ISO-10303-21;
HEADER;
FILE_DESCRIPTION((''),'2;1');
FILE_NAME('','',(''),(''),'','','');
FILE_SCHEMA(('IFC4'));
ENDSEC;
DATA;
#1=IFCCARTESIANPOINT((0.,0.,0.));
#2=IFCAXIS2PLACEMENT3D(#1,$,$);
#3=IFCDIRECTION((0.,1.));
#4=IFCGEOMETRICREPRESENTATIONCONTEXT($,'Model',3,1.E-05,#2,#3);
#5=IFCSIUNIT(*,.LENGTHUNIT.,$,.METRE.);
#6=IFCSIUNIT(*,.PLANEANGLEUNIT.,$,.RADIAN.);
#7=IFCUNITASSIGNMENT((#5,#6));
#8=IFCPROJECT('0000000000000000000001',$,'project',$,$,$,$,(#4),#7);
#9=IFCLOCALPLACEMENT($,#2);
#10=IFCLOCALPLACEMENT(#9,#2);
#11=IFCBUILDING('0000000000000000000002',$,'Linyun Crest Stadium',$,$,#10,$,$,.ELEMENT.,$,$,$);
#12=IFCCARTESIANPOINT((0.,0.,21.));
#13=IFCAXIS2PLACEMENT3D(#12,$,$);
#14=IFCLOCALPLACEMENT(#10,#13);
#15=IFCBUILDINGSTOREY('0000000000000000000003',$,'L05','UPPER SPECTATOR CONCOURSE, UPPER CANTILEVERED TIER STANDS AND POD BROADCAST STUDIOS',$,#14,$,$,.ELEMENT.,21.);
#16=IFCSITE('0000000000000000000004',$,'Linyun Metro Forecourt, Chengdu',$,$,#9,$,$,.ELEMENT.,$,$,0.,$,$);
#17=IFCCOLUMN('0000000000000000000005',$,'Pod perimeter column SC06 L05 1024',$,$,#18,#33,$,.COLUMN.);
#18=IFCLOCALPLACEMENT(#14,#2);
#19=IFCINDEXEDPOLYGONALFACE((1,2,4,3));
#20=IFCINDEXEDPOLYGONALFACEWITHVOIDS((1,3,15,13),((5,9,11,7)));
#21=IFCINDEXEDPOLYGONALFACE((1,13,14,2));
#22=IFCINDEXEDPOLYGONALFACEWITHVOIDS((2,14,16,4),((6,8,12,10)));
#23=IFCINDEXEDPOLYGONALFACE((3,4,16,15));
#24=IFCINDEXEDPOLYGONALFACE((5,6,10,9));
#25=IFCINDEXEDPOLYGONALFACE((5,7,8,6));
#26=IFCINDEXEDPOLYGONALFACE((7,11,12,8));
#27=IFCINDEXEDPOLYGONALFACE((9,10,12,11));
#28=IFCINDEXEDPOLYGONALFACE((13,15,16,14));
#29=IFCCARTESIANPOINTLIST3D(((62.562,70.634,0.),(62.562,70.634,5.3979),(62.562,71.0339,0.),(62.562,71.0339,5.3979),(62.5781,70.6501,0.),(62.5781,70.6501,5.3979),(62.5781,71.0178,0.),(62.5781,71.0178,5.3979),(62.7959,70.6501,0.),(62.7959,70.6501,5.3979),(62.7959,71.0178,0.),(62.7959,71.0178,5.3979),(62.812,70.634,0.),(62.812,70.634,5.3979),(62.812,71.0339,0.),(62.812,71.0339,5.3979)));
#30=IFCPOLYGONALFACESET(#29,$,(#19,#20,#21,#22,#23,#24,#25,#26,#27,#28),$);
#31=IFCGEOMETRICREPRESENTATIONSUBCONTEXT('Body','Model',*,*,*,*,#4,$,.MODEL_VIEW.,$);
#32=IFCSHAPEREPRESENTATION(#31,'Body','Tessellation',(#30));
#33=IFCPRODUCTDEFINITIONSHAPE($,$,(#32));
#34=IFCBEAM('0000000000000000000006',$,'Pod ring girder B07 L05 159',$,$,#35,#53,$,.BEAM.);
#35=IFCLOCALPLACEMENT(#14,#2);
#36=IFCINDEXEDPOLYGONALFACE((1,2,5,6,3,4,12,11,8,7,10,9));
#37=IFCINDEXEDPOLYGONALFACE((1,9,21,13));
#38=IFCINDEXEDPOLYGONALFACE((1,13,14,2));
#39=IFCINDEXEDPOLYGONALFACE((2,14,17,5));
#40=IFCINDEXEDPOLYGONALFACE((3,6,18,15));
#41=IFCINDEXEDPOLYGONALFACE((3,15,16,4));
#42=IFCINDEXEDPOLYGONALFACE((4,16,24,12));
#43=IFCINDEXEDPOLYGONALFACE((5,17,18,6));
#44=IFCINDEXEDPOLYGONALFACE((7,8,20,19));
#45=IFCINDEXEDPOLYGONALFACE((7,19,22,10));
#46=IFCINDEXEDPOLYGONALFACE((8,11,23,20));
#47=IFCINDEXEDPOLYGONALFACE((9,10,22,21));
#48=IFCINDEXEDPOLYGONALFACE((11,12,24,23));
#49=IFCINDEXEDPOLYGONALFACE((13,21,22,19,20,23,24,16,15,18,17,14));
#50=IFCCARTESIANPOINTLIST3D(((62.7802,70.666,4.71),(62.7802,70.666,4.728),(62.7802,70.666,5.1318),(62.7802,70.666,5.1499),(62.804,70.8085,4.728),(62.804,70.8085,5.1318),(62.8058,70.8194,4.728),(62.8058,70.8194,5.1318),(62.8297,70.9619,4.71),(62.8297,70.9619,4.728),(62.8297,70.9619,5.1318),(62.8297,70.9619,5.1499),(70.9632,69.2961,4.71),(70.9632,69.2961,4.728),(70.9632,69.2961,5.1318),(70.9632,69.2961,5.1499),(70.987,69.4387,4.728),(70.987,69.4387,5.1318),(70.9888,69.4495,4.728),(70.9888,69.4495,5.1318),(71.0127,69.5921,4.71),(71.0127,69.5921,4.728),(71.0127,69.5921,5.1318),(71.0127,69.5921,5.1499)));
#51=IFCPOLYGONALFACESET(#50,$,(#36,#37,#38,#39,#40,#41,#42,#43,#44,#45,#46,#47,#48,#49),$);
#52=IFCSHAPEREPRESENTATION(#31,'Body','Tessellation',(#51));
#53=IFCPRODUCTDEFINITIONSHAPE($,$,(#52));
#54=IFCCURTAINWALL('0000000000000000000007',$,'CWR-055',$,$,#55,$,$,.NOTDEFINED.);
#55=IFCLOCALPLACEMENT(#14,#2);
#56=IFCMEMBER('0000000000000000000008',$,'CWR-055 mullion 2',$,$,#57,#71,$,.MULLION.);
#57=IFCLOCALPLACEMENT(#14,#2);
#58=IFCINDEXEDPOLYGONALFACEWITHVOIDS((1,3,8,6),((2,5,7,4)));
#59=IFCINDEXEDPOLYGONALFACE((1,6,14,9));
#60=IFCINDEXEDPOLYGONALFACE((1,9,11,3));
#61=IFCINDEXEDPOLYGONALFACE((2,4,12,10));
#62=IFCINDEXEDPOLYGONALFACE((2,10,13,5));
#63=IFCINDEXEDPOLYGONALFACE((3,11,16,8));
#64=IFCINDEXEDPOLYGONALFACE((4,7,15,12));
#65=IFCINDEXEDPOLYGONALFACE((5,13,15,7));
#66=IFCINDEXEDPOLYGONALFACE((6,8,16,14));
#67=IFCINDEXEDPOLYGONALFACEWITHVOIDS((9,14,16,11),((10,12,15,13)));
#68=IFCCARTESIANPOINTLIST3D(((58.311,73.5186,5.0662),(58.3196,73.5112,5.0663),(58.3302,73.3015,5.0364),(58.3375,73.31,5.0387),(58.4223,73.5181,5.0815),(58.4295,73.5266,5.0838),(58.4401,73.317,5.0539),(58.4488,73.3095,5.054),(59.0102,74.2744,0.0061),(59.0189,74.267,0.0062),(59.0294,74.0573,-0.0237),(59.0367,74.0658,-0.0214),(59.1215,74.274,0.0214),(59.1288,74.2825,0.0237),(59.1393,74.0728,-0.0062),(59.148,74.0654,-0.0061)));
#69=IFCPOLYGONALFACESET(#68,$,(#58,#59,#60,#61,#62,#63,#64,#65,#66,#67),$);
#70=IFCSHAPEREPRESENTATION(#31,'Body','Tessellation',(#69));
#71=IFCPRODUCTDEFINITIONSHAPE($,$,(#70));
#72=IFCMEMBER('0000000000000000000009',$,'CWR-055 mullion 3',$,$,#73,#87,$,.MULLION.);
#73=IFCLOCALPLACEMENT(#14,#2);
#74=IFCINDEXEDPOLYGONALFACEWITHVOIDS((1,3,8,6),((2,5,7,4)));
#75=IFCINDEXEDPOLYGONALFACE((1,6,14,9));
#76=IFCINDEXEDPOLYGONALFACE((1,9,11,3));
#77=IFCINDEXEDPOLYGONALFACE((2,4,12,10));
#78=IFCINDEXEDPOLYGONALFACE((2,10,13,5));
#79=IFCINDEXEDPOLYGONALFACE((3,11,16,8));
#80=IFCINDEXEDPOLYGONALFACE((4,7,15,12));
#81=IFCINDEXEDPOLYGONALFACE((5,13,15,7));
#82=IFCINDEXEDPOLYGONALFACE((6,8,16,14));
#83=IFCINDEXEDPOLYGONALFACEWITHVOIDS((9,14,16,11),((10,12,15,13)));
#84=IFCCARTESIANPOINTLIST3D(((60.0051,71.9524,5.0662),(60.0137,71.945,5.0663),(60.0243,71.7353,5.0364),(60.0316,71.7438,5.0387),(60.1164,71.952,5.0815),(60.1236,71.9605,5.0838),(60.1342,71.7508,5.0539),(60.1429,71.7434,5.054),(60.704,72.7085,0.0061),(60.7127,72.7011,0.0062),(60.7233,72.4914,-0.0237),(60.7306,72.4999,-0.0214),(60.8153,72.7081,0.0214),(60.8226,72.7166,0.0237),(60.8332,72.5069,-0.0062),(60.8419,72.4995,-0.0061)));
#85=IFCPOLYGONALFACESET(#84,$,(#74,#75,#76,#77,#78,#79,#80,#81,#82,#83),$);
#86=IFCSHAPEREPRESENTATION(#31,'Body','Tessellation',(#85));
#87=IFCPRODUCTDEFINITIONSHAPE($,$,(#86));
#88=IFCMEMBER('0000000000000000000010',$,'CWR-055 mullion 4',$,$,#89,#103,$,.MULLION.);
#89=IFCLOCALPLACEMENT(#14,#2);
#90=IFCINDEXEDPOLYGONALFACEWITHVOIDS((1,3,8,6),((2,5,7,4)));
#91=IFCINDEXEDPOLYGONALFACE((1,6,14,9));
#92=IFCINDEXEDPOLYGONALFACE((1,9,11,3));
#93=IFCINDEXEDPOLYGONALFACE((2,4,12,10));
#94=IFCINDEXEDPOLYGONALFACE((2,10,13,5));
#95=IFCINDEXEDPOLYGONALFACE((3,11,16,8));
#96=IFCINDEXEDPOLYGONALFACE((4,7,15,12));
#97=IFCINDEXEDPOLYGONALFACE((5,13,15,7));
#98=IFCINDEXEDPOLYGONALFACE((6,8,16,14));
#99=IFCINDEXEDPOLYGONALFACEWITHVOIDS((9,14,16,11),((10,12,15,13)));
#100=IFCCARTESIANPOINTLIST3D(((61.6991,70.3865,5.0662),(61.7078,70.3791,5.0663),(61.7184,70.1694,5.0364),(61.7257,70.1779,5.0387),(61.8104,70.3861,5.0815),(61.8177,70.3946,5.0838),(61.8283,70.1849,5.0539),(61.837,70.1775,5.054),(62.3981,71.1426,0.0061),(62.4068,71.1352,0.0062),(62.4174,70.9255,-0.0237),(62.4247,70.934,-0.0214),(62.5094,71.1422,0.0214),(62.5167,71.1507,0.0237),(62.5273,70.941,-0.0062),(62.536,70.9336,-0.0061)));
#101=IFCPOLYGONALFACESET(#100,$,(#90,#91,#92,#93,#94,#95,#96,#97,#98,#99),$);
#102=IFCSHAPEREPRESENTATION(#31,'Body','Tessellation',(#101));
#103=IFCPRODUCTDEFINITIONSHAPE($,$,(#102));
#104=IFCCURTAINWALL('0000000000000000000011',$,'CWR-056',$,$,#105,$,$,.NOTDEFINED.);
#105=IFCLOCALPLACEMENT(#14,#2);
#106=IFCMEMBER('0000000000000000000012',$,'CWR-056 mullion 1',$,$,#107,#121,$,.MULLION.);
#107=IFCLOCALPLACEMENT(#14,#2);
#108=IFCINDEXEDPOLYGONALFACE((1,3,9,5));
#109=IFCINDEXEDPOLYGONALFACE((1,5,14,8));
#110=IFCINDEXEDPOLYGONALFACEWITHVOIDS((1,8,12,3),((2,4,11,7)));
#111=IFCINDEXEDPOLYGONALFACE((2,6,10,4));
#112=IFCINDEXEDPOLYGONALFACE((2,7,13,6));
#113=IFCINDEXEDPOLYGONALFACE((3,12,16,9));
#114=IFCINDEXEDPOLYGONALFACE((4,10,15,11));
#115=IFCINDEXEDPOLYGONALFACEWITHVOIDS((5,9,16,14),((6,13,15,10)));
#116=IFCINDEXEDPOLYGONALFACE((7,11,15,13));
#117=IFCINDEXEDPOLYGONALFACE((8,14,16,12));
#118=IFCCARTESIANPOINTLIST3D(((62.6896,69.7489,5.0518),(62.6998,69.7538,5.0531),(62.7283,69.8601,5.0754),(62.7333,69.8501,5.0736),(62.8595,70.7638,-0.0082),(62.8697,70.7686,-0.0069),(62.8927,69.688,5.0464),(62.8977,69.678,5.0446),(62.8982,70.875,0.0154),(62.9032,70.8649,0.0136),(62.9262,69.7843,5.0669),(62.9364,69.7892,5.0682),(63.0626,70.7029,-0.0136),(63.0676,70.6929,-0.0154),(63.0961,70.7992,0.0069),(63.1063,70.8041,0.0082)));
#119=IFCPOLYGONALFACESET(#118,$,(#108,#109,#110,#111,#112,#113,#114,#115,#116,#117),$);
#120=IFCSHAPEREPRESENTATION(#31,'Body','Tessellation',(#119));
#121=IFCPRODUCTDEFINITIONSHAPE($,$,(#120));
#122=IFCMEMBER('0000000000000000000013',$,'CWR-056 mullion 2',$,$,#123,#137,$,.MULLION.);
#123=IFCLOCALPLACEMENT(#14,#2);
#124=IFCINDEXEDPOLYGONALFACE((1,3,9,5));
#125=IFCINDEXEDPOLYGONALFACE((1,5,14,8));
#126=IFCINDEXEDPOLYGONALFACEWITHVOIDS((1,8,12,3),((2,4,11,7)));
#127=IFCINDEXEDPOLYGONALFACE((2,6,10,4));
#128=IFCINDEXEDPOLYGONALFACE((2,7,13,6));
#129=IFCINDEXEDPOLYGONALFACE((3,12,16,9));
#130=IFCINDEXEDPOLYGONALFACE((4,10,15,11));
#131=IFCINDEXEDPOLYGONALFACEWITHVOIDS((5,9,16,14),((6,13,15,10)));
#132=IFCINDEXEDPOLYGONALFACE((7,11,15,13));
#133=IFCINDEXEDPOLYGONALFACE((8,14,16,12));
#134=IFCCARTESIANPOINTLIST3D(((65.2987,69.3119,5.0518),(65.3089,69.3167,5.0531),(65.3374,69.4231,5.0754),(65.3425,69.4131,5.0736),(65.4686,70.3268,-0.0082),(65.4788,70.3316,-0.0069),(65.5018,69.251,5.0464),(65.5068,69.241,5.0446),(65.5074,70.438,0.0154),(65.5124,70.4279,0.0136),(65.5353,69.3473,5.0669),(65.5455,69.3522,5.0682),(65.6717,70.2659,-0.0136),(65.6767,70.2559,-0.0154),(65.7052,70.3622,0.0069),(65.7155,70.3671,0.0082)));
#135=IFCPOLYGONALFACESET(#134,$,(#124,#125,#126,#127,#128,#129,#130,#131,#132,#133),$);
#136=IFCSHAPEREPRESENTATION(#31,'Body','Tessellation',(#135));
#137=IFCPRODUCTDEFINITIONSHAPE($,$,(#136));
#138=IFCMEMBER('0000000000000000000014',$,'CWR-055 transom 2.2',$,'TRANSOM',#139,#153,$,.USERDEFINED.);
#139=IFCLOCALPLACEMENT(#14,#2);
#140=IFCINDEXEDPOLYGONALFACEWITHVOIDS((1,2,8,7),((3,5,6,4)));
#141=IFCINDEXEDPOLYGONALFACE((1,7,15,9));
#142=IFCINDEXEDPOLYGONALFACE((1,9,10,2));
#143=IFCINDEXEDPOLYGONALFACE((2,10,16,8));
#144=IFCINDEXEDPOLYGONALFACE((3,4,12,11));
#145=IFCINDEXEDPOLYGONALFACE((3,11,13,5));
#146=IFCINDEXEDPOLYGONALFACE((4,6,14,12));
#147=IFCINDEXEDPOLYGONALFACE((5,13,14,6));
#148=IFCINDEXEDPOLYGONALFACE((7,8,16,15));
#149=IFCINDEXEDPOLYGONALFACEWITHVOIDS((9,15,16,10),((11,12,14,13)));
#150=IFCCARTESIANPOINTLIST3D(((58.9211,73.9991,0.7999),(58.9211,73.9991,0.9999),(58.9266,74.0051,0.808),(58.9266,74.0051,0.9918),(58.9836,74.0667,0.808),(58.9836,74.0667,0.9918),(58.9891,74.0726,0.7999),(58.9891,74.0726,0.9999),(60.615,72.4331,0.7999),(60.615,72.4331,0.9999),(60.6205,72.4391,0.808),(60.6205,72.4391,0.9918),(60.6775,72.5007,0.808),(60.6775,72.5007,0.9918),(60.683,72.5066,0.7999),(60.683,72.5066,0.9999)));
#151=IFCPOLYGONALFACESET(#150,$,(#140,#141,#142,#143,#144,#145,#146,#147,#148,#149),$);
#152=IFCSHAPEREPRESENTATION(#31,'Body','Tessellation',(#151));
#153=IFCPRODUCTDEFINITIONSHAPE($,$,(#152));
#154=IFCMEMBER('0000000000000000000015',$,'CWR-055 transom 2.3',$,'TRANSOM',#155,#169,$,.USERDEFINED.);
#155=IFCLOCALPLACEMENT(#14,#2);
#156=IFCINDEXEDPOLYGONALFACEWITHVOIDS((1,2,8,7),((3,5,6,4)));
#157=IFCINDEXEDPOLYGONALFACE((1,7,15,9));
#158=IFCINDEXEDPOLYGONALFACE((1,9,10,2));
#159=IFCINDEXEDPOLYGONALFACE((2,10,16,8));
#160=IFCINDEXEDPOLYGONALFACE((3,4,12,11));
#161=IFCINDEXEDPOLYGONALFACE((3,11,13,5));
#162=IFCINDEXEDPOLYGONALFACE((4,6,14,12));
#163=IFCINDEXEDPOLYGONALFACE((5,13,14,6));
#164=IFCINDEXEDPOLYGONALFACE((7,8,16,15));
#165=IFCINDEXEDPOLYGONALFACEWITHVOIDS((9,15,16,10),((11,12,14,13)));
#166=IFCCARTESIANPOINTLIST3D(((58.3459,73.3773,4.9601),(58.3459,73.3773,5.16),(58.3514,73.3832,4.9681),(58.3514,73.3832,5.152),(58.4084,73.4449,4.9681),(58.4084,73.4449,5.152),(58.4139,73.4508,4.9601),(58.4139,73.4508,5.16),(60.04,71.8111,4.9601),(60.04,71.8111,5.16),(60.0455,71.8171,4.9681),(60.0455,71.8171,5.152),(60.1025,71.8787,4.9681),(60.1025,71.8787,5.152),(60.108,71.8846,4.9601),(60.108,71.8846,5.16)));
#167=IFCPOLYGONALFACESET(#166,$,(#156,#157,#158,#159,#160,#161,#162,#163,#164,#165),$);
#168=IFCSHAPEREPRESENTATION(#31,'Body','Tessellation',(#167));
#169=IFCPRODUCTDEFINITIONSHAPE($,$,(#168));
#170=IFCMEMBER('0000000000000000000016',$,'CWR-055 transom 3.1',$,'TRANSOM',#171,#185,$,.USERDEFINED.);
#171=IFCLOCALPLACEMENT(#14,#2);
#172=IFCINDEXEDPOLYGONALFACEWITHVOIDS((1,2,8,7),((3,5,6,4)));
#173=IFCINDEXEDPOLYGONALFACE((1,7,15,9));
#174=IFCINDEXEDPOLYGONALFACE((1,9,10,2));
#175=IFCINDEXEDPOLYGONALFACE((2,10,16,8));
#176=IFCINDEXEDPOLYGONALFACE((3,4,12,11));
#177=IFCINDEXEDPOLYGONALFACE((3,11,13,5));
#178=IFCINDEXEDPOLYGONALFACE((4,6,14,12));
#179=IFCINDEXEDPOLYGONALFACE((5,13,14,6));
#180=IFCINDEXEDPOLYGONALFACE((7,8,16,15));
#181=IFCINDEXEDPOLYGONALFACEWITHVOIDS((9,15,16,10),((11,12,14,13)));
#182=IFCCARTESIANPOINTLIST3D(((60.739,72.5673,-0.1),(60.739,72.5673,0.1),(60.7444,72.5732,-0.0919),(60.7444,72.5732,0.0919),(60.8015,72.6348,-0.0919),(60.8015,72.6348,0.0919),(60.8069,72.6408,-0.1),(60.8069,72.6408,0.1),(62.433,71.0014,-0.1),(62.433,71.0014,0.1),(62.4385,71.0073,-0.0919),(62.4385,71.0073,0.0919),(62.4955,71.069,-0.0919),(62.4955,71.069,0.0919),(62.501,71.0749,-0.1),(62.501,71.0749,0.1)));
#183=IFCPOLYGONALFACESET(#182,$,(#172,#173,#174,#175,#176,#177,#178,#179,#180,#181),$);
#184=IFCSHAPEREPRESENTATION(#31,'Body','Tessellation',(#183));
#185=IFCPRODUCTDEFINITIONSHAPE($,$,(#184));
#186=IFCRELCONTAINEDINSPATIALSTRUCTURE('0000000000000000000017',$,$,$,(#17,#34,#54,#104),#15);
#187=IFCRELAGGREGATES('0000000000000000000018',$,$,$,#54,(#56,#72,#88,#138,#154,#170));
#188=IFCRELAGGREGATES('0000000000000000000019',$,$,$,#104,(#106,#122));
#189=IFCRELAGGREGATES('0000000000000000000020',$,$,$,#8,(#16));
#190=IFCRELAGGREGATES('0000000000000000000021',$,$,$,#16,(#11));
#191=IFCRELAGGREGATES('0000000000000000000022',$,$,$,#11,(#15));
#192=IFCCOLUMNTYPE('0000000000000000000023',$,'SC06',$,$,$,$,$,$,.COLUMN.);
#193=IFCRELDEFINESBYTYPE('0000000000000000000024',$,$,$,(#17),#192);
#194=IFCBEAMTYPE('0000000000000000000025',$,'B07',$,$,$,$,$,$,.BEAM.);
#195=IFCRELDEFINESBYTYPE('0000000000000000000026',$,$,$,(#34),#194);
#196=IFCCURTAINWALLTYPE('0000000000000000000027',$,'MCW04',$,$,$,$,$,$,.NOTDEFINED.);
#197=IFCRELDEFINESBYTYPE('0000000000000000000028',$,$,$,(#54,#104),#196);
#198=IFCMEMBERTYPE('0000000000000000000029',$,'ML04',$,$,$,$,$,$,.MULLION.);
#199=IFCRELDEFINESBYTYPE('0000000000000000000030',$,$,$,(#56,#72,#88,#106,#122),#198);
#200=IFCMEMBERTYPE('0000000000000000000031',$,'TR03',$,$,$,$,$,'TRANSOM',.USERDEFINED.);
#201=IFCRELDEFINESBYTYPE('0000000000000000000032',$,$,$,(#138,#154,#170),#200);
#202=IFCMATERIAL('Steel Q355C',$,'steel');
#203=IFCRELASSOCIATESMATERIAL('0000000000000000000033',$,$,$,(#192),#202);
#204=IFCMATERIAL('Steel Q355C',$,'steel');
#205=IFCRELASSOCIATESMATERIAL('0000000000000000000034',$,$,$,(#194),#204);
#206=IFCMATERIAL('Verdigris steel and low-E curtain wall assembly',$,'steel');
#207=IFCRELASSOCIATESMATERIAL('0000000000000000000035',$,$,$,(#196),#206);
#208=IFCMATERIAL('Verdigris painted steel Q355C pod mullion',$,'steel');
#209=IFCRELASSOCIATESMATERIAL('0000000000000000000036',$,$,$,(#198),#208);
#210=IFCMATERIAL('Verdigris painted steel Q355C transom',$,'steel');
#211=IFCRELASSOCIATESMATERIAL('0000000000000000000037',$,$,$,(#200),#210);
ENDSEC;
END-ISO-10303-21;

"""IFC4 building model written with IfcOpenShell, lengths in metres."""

from ifc_helpers import new_model, si_unit, direction, frame, origin, origin_2d, place, context, subcontext, project, spatial, hollow_rectangle, i_section, extrude, material, material_profile, profile_set, type_object, element, aggregate, save


model = new_model("IFC4")

# Units and contexts
model_context = context("Model", 3, precision=1e-05, world=origin(), true_north=direction((0.0, 1.0)))
body_context = subcontext(model_context, "Body", "Model", "MODEL_VIEW")
ifc_project = project(units=[si_unit("LENGTHUNIT", "METRE"), si_unit("PLANEANGLEUNIT", "RADIAN")], contexts=[model_context])

# Site, building, storey
site_placement = place(None, origin())
site = spatial("IfcSite", under=ifc_project, at=site_placement, Name="Linyun Metro Forecourt, Chengdu", CompositionType="ELEMENT", RefElevation=0.0)
building_placement = place(site_placement, origin())
building = spatial("IfcBuilding", under=site, at=building_placement, Name="Linyun Crest Stadium", CompositionType="ELEMENT")
storey_placement = place(building_placement, frame((0.0, 0.0, 21.0)))
storey = spatial("IfcBuildingStorey", under=building, at=storey_placement, Name="L05", Description="UPPER SPECTATOR CONCOURSE, UPPER CANTILEVERED TIER STANDS AND POD BROADCAST STUDIOS", CompositionType="ELEMENT", Elevation=21.0)

# Column
ifc_material_1 = material(Name="Steel Q355C", Category="steel")
ifc_material_profile_1 = material_profile(ifc_material_1, hollow_rectangle(XDim=0.25, YDim=0.3999, WallThickness=0.0161, at=origin_2d()), Name="RHS 400x250x16")
ifc_profile_set_1 = profile_set([ifc_material_profile_1], Name="Steel Q355C")
column_type = type_object("IfcColumnType", Name="SC06", PredefinedType="COLUMN", material=ifc_profile_set_1)
column_placement = place(storey_placement, frame((62.687, 70.834, 0.0), z_axis=(0.0, 0.0, 1.0), x_axis=(1.0, 0.0, 0.0)))
element("IfcColumn", 1, at=column_placement, inside=storey, type_object=column_type, Name="Pod perimeter column SC06 L05 1024", PredefinedType="COLUMN", context=body_context, shape_type="SweptSolid", body=[
    extrude(hollow_rectangle(XDim=0.25, YDim=0.3999, WallThickness=0.0161, at=origin_2d()), origin(), (0.0, 0.0, 1.0), 5.3979),
])

# Beam
ifc_material_2 = material(Name="Steel Q355C", Category="steel")
ifc_material_profile_2 = material_profile(ifc_material_2, i_section(OverallWidth=0.3, OverallDepth=0.4399, WebThickness=0.011, FlangeThickness=0.0181, at=origin_2d()), Name="HM 440x300")
ifc_profile_set_2 = profile_set([ifc_material_profile_2], Name="Steel Q355C")
beam_type = type_object("IfcBeamType", Name="B07", PredefinedType="BEAM", material=ifc_profile_set_2)
beam_placement = place(storey_placement, frame((62.8049, 70.814, 4.9299), z_axis=(0.986276, -0.165105, 0.0), x_axis=(0.165105, 0.986276, 0.0)))
element("IfcBeam", 2, at=beam_placement, inside=storey, type_object=beam_type, Name="Pod ring girder B07 L05 159", PredefinedType="BEAM", context=body_context, shape_type="SweptSolid", body=[
    extrude(i_section(OverallWidth=0.3, OverallDepth=0.4399, WebThickness=0.011, FlangeThickness=0.0181, at=origin_2d()), origin(), (0.0, 0.0, 1.0), 8.2969),
])

# Curtain walls, members
ifc_material_3 = material(Name="Verdigris steel and low-E curtain wall assembly", Category="steel")
curtain_wall_type = type_object("IfcCurtainWallType", Name="MCW04", PredefinedType="NOTDEFINED", material=ifc_material_3)
curtain_wall_1_placement = place(storey_placement, origin())
curtain_wall_1 = element("IfcCurtainWall", 3, at=curtain_wall_1_placement, inside=storey, type_object=curtain_wall_type, Name="CWR-055", PredefinedType="NOTDEFINED")
ifc_material_4 = material(Name="Verdigris painted steel Q355C pod mullion", Category="steel")
ifc_material_profile_3 = material_profile(ifc_material_4, hollow_rectangle(XDim=0.1201, YDim=0.22, WallThickness=0.0081, at=origin_2d()), Name="RHS 220x120x8")
ifc_profile_set_3 = profile_set([ifc_material_profile_3], Name="Verdigris painted steel Q355C pod mullion")
member_type_1 = type_object("IfcMemberType", Name="ML04", PredefinedType="MULLION", material=ifc_profile_set_3)
member_1_placement = place(storey_placement, frame((59.0791, 74.1699, 0.0), z_axis=(-0.135409, -0.146378, 0.979917), x_axis=(0.986931, 0.067271, 0.146427)))
member_1 = element("IfcMember", 4, at=member_1_placement, type_object=member_type_1, Name="CWR-055 mullion 2", PredefinedType="MULLION", context=body_context, shape_type="SweptSolid", body=[
    extrude(hollow_rectangle(XDim=0.1201, YDim=0.22, WallThickness=0.0081, at=origin_2d()), origin(), (0.0, 0.0, 1.0), 5.1638),
])
member_2_placement = place(storey_placement, frame((60.7729, 72.604, 0.0), z_axis=(-0.135361, -0.146425, 0.979917), x_axis=(0.986909, 0.067602, 0.146429)))
member_2 = element("IfcMember", 5, at=member_2_placement, type_object=member_type_1, Name="CWR-055 mullion 3", PredefinedType="MULLION", context=body_context, shape_type="SweptSolid", body=[
    extrude(hollow_rectangle(XDim=0.1201, YDim=0.22, WallThickness=0.0081, at=origin_2d()), origin(), (0.0, 0.0, 1.0), 5.1638),
])
member_3_placement = place(storey_placement, frame((62.467, 71.0381, 0.0), z_axis=(-0.135361, -0.146425, 0.979917), x_axis=(0.986909, 0.067602, 0.146429)))
member_3 = element("IfcMember", 6, at=member_3_placement, type_object=member_type_1, Name="CWR-055 mullion 4", PredefinedType="MULLION", context=body_context, shape_type="SweptSolid", body=[
    extrude(hollow_rectangle(XDim=0.1201, YDim=0.22, WallThickness=0.0081, at=origin_2d()), origin(), (0.0, 0.0, 1.0), 5.1638),
])
curtain_wall_2_placement = place(storey_placement, origin())
curtain_wall_2 = element("IfcCurtainWall", 7, at=curtain_wall_2_placement, inside=storey, type_object=curtain_wall_type, Name="CWR-056", PredefinedType="NOTDEFINED")
member_4_placement = place(storey_placement, frame((62.9829, 70.7839, 0.0), z_axis=(-0.032907, -0.196546, 0.979942), x_axis=(0.32238, 0.92598, 0.196549)))
member_4 = element("IfcMember", 8, at=member_4_placement, type_object=member_type_1, Name="CWR-056 mullion 1", PredefinedType="MULLION", context=body_context, shape_type="SweptSolid", body=[
    extrude(hollow_rectangle(XDim=0.1201, YDim=0.22, WallThickness=0.0081, at=origin_2d()), origin(), (0.0, 0.0, 1.0), 5.1636),
])
member_5_placement = place(storey_placement, frame((65.592, 70.3469, 0.0), z_axis=(-0.032907, -0.196546, 0.979942), x_axis=(0.32238, 0.92598, 0.196549)))
member_5 = element("IfcMember", 9, at=member_5_placement, type_object=member_type_1, Name="CWR-056 mullion 2", PredefinedType="MULLION", context=body_context, shape_type="SweptSolid", body=[
    extrude(hollow_rectangle(XDim=0.1201, YDim=0.22, WallThickness=0.0081, at=origin_2d()), origin(), (0.0, 0.0, 1.0), 5.1636),
])

# Members
ifc_material_5 = material(Name="Verdigris painted steel Q355C transom", Category="steel")
ifc_material_profile_4 = material_profile(ifc_material_5, hollow_rectangle(XDim=0.1001, YDim=0.2, WallThickness=0.0081, at=origin_2d()), Name="RHS 200x100x8")
ifc_profile_set_4 = profile_set([ifc_material_profile_4], Name="Verdigris painted steel Q355C transom")
member_type_2 = type_object("IfcMemberType", Name="TR03", ElementType="TRANSOM", PredefinedType="USERDEFINED", material=ifc_profile_set_4)
member_6_placement = place(storey_placement, frame((58.9551, 74.0359, 0.8999), z_axis=(0.734292, -0.678834, 0.0), x_axis=(0.678834, 0.734292, 0.0)))
member_6 = element("IfcMember", 10, at=member_6_placement, type_object=member_type_2, Name="CWR-055 transom 2.2", ObjectType="TRANSOM", PredefinedType="USERDEFINED", context=body_context, shape_type="SweptSolid", body=[
    extrude(hollow_rectangle(XDim=0.1001, YDim=0.2, WallThickness=0.0081, at=origin_2d()), origin(), (0.0, 0.0, 1.0), 2.3069),
])
member_7_placement = place(storey_placement, frame((58.3799, 73.4141, 5.0601), z_axis=(0.734288, -0.678838, 0.0), x_axis=(0.678838, 0.734288, 0.0)))
member_7 = element("IfcMember", 11, at=member_7_placement, type_object=member_type_2, Name="CWR-055 transom 2.3", ObjectType="TRANSOM", PredefinedType="USERDEFINED", context=body_context, shape_type="SweptSolid", body=[
    extrude(hollow_rectangle(XDim=0.1001, YDim=0.2, WallThickness=0.0081, at=origin_2d()), origin(), (0.0, 0.0, 1.0), 2.3071),
])
member_8_placement = place(storey_placement, frame((60.7729, 72.604, 0.0), z_axis=(0.734341, -0.678781, 0.0), x_axis=(0.678781, 0.734341, 0.0)))
member_8 = element("IfcMember", 12, at=member_8_placement, type_object=member_type_2, Name="CWR-055 transom 3.1", ObjectType="TRANSOM", PredefinedType="USERDEFINED", context=body_context, shape_type="SweptSolid", body=[
    extrude(hollow_rectangle(XDim=0.1001, YDim=0.2, WallThickness=0.0081, at=origin_2d()), origin(), (0.0, 0.0, 1.0), 2.3069),
])

aggregate(curtain_wall_1, [member_1, member_2, member_3, member_6, member_7, member_8])
aggregate(curtain_wall_2, [member_4, member_5])

save(model, "model.ifc")
